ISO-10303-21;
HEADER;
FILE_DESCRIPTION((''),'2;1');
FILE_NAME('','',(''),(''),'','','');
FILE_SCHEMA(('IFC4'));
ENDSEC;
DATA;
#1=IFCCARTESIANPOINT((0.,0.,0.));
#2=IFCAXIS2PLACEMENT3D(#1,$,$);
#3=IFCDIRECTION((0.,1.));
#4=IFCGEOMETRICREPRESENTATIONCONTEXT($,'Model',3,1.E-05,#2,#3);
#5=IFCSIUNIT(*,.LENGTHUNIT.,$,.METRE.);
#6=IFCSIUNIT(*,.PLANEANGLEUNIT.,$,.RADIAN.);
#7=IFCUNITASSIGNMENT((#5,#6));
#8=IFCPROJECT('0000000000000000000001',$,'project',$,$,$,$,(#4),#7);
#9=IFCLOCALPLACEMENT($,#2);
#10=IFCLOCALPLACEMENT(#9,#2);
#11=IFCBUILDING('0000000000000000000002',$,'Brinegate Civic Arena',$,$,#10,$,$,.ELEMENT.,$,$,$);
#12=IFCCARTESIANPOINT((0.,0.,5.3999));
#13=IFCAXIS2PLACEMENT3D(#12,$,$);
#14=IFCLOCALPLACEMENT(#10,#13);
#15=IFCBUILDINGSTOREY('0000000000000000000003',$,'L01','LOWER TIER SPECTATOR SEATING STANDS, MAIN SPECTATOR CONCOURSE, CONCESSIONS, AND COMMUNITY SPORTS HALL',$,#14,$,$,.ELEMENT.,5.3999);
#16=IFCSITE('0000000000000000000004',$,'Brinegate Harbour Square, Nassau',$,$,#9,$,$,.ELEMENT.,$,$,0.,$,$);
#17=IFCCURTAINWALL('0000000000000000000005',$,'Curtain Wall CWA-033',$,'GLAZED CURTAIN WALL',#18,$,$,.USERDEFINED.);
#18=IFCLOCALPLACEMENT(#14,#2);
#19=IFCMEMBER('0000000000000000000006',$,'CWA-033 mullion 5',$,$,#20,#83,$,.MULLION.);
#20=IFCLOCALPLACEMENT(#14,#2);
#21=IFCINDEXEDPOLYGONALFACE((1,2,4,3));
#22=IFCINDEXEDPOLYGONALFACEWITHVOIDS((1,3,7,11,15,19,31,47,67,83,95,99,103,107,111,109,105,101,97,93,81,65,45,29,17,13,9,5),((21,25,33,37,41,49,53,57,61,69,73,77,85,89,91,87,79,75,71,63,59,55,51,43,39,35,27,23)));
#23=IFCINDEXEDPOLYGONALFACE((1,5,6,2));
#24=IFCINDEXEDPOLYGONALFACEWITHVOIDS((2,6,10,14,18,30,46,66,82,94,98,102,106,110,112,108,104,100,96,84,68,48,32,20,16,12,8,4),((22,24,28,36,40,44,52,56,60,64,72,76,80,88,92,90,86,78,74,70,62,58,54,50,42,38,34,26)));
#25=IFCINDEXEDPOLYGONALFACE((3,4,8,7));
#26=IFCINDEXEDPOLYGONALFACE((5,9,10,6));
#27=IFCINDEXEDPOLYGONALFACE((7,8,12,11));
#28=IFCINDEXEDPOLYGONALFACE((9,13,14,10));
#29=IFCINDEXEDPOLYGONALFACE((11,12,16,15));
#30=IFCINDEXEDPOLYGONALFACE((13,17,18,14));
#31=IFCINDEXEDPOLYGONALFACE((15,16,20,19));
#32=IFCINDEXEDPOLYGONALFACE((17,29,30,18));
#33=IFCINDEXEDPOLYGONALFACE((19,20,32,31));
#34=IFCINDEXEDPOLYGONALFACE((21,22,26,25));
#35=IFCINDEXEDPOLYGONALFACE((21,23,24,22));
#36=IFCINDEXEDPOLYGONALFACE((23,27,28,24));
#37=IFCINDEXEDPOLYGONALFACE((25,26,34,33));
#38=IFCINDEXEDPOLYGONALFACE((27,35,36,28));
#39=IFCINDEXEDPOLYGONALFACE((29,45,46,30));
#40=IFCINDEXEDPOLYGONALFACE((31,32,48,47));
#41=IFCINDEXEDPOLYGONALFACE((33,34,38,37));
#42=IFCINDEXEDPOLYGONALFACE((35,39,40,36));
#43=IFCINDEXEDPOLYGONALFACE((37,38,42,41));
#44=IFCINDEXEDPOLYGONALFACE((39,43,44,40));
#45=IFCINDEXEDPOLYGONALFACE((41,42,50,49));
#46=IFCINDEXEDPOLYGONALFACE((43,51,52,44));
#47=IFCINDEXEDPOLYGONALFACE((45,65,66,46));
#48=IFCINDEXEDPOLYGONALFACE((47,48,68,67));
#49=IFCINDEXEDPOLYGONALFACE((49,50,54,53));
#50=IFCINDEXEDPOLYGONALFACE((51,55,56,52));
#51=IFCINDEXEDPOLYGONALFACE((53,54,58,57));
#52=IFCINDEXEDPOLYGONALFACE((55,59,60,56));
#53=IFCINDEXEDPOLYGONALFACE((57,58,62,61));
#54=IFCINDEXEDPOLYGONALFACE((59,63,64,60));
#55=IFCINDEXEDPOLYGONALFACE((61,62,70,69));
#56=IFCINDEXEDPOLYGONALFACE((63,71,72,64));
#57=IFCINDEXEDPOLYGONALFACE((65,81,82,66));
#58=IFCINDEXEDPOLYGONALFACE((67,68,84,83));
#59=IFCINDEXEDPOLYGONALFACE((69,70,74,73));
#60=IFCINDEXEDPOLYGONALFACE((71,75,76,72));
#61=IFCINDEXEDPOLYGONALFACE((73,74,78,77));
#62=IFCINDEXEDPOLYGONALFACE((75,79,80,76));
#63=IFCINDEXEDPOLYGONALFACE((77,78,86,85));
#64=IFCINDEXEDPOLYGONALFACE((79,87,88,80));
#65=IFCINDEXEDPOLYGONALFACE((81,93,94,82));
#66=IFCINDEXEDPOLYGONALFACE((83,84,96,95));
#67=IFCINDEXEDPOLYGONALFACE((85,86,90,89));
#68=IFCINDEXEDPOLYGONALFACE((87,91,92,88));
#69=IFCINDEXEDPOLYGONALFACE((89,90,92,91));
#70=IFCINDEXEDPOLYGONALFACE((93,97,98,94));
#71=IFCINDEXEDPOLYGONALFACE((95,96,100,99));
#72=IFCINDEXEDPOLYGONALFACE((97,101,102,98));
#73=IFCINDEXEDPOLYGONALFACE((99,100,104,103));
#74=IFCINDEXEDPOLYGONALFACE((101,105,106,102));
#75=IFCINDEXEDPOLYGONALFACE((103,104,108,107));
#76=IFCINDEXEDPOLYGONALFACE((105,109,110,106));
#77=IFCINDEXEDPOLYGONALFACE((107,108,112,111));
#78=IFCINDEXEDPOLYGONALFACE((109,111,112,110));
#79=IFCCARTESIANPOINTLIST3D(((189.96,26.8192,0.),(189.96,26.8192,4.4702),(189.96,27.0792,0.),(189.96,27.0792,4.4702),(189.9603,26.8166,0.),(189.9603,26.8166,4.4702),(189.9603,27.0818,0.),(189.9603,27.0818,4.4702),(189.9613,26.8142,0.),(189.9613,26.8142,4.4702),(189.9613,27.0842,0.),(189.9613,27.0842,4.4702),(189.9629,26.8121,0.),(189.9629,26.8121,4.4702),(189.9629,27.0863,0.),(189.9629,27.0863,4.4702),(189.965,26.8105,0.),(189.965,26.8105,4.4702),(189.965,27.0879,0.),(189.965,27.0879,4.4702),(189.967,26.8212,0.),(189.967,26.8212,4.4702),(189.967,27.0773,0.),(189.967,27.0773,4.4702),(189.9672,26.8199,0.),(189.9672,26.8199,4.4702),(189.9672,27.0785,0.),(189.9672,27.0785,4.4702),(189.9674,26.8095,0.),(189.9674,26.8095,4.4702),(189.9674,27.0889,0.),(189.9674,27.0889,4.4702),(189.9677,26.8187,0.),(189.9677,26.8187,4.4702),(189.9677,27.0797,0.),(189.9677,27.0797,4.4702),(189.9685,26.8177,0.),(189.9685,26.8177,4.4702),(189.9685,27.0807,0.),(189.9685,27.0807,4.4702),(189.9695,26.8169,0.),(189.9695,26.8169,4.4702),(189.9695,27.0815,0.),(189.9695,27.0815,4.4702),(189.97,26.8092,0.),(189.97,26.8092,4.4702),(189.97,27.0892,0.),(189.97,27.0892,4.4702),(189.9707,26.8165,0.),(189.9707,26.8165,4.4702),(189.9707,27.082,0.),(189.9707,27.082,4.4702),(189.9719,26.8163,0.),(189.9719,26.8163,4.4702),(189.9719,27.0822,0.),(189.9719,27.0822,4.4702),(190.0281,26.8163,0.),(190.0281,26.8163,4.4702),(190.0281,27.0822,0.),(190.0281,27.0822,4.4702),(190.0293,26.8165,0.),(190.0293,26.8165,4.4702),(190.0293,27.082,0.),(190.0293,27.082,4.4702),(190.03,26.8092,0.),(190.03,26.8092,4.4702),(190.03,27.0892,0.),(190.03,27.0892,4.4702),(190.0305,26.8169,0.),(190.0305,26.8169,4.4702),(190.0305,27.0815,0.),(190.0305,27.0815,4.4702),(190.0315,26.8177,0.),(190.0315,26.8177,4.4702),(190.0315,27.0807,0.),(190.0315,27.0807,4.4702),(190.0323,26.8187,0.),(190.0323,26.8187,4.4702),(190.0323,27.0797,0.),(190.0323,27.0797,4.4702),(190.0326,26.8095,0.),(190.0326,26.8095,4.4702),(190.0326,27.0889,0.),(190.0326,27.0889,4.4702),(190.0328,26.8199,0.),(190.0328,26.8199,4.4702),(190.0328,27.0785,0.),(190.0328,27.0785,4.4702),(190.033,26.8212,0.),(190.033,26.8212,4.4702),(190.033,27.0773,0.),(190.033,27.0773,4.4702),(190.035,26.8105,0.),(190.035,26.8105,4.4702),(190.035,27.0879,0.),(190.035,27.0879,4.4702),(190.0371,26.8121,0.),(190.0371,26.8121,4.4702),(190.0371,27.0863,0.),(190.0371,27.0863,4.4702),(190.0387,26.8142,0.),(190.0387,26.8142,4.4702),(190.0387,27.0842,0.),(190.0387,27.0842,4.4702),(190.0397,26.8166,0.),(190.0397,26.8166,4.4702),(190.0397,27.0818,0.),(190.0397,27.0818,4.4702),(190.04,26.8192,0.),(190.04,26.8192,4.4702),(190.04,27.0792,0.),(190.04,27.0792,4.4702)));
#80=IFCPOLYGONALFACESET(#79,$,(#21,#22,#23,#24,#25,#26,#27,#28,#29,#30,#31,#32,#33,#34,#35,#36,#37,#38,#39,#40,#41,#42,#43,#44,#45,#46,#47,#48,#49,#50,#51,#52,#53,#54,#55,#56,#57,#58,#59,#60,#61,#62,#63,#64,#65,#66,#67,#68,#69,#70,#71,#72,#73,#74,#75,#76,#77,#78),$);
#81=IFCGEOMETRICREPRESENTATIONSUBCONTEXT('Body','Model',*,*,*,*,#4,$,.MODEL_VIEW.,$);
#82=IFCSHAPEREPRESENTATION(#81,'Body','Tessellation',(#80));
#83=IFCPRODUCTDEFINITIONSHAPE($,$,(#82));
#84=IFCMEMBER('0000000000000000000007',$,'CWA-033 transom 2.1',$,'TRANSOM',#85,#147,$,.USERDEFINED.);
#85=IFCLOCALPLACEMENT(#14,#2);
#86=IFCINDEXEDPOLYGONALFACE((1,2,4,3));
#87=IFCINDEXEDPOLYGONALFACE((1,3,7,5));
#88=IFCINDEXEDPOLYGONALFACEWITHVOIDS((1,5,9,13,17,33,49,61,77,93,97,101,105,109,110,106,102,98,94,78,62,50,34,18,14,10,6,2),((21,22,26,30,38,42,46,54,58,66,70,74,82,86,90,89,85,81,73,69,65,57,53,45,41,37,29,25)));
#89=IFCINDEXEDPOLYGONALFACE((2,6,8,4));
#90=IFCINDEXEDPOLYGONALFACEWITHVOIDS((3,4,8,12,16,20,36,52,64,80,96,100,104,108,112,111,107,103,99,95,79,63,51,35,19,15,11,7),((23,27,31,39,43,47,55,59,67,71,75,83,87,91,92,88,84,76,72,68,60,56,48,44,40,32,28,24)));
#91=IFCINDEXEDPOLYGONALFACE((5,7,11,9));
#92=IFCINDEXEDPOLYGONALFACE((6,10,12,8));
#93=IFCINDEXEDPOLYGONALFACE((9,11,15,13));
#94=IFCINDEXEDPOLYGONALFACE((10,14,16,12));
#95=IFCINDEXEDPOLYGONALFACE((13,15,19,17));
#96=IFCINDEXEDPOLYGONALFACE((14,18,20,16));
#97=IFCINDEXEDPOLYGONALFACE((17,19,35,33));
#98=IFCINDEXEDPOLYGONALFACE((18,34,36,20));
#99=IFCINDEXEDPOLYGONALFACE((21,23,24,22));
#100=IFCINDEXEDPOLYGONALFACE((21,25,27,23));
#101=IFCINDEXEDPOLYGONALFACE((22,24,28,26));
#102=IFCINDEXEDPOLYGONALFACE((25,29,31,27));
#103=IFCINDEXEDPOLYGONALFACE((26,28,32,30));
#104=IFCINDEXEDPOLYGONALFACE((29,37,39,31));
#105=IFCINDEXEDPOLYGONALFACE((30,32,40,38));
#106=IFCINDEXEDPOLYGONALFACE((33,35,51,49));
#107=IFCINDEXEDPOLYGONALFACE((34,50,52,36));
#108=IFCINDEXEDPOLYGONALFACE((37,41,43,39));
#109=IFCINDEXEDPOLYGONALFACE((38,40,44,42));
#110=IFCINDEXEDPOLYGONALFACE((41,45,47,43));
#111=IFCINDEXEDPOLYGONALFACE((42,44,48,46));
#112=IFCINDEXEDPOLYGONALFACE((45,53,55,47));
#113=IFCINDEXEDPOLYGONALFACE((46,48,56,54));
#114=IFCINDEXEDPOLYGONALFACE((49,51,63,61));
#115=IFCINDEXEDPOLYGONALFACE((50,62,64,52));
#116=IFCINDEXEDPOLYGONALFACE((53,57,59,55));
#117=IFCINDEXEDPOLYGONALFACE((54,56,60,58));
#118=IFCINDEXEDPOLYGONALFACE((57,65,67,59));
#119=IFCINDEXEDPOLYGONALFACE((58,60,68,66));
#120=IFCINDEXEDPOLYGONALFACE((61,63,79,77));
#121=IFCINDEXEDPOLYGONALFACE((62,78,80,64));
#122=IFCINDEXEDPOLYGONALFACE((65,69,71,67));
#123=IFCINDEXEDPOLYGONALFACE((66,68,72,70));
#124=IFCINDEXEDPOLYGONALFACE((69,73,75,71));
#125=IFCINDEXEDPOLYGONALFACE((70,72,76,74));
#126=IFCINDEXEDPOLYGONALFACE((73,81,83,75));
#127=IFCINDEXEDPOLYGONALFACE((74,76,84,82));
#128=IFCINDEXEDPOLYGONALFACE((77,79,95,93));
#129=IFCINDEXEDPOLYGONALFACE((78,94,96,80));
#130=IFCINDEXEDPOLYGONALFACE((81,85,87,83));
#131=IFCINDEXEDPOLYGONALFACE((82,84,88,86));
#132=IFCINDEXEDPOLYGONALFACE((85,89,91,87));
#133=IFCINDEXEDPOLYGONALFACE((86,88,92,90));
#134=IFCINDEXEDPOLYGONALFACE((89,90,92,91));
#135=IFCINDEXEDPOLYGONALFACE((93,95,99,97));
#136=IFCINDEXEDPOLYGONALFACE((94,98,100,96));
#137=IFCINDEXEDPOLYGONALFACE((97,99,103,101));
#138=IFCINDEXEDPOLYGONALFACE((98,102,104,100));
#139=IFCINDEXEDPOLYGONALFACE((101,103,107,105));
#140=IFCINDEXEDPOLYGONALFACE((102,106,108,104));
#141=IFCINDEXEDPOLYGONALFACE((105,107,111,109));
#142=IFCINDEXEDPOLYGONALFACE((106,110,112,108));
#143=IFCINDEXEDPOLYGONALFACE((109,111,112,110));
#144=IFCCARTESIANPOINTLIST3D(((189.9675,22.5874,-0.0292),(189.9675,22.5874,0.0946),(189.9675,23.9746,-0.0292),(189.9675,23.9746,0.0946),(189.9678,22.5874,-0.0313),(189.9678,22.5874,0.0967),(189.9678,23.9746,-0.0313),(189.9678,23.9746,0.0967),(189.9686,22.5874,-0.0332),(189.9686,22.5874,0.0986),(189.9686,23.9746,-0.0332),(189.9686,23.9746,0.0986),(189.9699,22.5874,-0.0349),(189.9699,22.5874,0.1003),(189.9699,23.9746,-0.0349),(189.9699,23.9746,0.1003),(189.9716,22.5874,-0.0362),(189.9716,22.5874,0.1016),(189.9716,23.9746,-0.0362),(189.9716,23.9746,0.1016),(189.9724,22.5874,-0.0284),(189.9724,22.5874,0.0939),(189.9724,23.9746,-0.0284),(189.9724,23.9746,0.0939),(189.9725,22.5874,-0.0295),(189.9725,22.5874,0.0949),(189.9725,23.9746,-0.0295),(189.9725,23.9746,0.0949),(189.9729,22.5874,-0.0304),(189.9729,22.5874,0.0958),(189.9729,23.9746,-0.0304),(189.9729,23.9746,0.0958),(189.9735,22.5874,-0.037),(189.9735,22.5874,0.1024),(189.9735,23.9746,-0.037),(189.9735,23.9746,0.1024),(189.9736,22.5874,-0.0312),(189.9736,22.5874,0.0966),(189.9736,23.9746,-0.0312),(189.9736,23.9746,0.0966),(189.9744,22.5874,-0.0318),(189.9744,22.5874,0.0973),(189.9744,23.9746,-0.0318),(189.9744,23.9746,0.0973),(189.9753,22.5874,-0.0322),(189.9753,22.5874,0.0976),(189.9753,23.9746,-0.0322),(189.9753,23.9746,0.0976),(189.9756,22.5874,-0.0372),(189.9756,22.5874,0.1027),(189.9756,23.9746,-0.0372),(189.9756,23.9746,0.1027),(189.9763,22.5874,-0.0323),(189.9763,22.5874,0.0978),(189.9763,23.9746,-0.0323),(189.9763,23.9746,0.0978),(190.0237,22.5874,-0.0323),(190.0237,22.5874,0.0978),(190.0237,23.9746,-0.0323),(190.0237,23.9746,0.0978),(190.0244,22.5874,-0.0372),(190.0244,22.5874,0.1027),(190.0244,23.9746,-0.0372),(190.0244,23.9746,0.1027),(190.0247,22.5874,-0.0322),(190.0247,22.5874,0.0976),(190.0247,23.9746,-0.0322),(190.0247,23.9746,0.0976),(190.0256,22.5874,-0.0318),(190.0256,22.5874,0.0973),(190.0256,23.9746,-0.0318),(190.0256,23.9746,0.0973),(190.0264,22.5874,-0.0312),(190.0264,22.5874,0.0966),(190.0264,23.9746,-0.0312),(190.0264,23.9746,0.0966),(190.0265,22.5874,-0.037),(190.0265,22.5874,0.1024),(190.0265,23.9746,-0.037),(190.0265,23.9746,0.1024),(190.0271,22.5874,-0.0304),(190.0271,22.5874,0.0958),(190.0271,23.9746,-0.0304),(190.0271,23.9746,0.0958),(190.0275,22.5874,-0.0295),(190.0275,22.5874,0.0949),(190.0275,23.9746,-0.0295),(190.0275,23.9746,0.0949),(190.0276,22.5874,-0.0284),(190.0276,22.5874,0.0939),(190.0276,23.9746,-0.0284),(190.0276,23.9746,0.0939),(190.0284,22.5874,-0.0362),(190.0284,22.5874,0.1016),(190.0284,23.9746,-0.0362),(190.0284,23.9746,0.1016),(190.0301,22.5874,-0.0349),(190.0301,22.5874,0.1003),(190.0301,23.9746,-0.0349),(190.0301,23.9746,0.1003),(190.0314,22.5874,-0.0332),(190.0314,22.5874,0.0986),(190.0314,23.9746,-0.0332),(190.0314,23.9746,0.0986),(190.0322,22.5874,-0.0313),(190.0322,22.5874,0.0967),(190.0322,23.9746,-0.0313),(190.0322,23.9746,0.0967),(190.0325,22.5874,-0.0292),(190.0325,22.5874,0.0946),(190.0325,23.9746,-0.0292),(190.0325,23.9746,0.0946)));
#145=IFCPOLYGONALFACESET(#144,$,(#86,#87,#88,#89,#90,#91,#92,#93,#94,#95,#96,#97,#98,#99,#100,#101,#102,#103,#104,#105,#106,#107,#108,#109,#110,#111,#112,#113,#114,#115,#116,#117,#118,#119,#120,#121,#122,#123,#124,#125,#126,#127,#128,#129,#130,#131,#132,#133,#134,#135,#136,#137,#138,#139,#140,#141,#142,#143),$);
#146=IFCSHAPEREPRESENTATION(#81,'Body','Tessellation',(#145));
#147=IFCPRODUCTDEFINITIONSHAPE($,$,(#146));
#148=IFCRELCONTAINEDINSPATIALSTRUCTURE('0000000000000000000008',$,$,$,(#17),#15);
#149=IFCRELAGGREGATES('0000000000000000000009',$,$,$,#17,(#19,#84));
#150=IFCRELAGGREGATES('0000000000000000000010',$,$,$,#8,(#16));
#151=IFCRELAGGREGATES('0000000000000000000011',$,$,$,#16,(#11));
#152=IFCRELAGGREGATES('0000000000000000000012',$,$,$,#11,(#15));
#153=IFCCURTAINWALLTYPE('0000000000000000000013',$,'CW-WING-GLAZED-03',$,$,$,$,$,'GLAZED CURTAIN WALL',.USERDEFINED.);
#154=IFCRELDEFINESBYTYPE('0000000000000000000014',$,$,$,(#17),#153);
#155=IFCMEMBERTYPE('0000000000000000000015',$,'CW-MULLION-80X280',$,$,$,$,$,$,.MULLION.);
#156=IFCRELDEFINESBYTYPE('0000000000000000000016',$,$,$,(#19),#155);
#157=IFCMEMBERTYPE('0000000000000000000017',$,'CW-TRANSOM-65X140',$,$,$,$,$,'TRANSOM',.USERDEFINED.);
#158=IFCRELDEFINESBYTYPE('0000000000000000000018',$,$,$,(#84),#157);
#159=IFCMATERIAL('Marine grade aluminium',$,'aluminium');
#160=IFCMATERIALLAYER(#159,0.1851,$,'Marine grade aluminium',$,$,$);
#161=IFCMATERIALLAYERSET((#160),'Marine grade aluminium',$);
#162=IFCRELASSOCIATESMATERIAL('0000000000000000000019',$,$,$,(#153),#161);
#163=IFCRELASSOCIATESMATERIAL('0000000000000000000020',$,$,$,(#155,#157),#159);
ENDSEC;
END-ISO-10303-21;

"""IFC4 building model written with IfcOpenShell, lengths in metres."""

from ifc_helpers import new_model, si_unit, direction, frame, origin, origin_2d, place, context, subcontext, project, spatial, hollow_rectangle, extrude, material, layer, layer_set, material_profile, profile_set, type_object, element, aggregate, save


model = new_model("IFC4")

# Units and contexts
model_context = context("Model", 3, precision=1e-05, world=origin(), true_north=direction((0.0, 1.0)))
body_context = subcontext(model_context, "Body", "Model", "MODEL_VIEW")
ifc_project = project(units=[si_unit("LENGTHUNIT", "METRE"), si_unit("PLANEANGLEUNIT", "RADIAN")], contexts=[model_context])

# Site, building, storey
site_placement = place(None, origin())
site = spatial("IfcSite", under=ifc_project, at=site_placement, Name="Brinegate Harbour Square, Nassau", CompositionType="ELEMENT", RefElevation=0.0)
building_placement = place(site_placement, origin())
building = spatial("IfcBuilding", under=site, at=building_placement, Name="Brinegate Civic Arena", CompositionType="ELEMENT")
storey_placement = place(building_placement, frame((0.0, 0.0, 5.3999)))
storey = spatial("IfcBuildingStorey", under=building, at=storey_placement, Name="L01", Description="LOWER TIER SPECTATOR SEATING STANDS, MAIN SPECTATOR CONCOURSE, CONCESSIONS, AND COMMUNITY SPORTS HALL", CompositionType="ELEMENT", Elevation=5.3999)

# Curtain wall, members
ifc_material_1 = material(Name="Marine grade aluminium", Category="aluminium")
ifc_layer_1 = layer(ifc_material_1, 0.1851, Name="Marine grade aluminium")
ifc_layer_set_1 = layer_set([ifc_layer_1], Name="Marine grade aluminium")
curtain_wall_type = type_object("IfcCurtainWallType", Name="CW-WING-GLAZED-03", ElementType="GLAZED CURTAIN WALL", PredefinedType="USERDEFINED", material=ifc_layer_set_1)
curtain_wall_placement = place(storey_placement, origin())
curtain_wall = element("IfcCurtainWall", 1, at=curtain_wall_placement, inside=storey, type_object=curtain_wall_type, Name="Curtain Wall CWA-033", ObjectType="GLAZED CURTAIN WALL", PredefinedType="USERDEFINED")
ifc_material_profile_1 = material_profile(ifc_material_1, hollow_rectangle(XDim=0.0801, YDim=0.28, WallThickness=0.0071, InnerFilletRadius=0.0049, OuterFilletRadius=0.01, at=origin_2d()), Name="MUL80X280")
ifc_profile_set_1 = profile_set([ifc_material_profile_1], Name="Marine grade aluminium")
member_type_1 = type_object("IfcMemberType", Name="CW-MULLION-80X280", PredefinedType="MULLION", material=ifc_profile_set_1)
member_1_placement = place(storey_placement, frame((190.0, 26.9492, 0.0), z_axis=(0.0, 0.0, 1.0), x_axis=(-1.0, 0.0, 0.0)))
member_1 = element("IfcMember", 2, at=member_1_placement, type_object=member_type_1, Name="CWA-033 mullion 5", PredefinedType="MULLION", context=body_context, shape_type="SweptSolid", body=[
    extrude(hollow_rectangle(XDim=0.0801, YDim=0.28, WallThickness=0.0071, InnerFilletRadius=0.0049, OuterFilletRadius=0.01, at=origin_2d()), origin(), (0.0, 0.0, 1.0), 4.4702),
])
ifc_material_profile_2 = material_profile(ifc_material_1, hollow_rectangle(XDim=0.0649, YDim=0.1399, WallThickness=0.0049, InnerFilletRadius=0.0039, OuterFilletRadius=0.0081, at=origin_2d()), Name="TRN65X140")
ifc_profile_set_2 = profile_set([ifc_material_profile_2], Name="Marine grade aluminium")
member_type_2 = type_object("IfcMemberType", Name="CW-TRANSOM-65X140", ElementType="TRANSOM", PredefinedType="USERDEFINED", material=ifc_profile_set_2)
member_2_placement = place(storey_placement, frame((190.0, 22.5874, 0.0327), z_axis=(0.0, 1.0, 0.0), x_axis=(-1.0, 0.0, 0.0)))
member_2 = element("IfcMember", 3, at=member_2_placement, type_object=member_type_2, Name="CWA-033 transom 2.1", ObjectType="TRANSOM", PredefinedType="USERDEFINED", context=body_context, shape_type="SweptSolid", body=[
    extrude(hollow_rectangle(XDim=0.0649, YDim=0.1399, WallThickness=0.0049, InnerFilletRadius=0.0039, OuterFilletRadius=0.0081, at=origin_2d()), origin(), (0.0, 0.0, 1.0), 1.3872),
])

aggregate(curtain_wall, [member_1, member_2])

save(model, "model.ifc")
